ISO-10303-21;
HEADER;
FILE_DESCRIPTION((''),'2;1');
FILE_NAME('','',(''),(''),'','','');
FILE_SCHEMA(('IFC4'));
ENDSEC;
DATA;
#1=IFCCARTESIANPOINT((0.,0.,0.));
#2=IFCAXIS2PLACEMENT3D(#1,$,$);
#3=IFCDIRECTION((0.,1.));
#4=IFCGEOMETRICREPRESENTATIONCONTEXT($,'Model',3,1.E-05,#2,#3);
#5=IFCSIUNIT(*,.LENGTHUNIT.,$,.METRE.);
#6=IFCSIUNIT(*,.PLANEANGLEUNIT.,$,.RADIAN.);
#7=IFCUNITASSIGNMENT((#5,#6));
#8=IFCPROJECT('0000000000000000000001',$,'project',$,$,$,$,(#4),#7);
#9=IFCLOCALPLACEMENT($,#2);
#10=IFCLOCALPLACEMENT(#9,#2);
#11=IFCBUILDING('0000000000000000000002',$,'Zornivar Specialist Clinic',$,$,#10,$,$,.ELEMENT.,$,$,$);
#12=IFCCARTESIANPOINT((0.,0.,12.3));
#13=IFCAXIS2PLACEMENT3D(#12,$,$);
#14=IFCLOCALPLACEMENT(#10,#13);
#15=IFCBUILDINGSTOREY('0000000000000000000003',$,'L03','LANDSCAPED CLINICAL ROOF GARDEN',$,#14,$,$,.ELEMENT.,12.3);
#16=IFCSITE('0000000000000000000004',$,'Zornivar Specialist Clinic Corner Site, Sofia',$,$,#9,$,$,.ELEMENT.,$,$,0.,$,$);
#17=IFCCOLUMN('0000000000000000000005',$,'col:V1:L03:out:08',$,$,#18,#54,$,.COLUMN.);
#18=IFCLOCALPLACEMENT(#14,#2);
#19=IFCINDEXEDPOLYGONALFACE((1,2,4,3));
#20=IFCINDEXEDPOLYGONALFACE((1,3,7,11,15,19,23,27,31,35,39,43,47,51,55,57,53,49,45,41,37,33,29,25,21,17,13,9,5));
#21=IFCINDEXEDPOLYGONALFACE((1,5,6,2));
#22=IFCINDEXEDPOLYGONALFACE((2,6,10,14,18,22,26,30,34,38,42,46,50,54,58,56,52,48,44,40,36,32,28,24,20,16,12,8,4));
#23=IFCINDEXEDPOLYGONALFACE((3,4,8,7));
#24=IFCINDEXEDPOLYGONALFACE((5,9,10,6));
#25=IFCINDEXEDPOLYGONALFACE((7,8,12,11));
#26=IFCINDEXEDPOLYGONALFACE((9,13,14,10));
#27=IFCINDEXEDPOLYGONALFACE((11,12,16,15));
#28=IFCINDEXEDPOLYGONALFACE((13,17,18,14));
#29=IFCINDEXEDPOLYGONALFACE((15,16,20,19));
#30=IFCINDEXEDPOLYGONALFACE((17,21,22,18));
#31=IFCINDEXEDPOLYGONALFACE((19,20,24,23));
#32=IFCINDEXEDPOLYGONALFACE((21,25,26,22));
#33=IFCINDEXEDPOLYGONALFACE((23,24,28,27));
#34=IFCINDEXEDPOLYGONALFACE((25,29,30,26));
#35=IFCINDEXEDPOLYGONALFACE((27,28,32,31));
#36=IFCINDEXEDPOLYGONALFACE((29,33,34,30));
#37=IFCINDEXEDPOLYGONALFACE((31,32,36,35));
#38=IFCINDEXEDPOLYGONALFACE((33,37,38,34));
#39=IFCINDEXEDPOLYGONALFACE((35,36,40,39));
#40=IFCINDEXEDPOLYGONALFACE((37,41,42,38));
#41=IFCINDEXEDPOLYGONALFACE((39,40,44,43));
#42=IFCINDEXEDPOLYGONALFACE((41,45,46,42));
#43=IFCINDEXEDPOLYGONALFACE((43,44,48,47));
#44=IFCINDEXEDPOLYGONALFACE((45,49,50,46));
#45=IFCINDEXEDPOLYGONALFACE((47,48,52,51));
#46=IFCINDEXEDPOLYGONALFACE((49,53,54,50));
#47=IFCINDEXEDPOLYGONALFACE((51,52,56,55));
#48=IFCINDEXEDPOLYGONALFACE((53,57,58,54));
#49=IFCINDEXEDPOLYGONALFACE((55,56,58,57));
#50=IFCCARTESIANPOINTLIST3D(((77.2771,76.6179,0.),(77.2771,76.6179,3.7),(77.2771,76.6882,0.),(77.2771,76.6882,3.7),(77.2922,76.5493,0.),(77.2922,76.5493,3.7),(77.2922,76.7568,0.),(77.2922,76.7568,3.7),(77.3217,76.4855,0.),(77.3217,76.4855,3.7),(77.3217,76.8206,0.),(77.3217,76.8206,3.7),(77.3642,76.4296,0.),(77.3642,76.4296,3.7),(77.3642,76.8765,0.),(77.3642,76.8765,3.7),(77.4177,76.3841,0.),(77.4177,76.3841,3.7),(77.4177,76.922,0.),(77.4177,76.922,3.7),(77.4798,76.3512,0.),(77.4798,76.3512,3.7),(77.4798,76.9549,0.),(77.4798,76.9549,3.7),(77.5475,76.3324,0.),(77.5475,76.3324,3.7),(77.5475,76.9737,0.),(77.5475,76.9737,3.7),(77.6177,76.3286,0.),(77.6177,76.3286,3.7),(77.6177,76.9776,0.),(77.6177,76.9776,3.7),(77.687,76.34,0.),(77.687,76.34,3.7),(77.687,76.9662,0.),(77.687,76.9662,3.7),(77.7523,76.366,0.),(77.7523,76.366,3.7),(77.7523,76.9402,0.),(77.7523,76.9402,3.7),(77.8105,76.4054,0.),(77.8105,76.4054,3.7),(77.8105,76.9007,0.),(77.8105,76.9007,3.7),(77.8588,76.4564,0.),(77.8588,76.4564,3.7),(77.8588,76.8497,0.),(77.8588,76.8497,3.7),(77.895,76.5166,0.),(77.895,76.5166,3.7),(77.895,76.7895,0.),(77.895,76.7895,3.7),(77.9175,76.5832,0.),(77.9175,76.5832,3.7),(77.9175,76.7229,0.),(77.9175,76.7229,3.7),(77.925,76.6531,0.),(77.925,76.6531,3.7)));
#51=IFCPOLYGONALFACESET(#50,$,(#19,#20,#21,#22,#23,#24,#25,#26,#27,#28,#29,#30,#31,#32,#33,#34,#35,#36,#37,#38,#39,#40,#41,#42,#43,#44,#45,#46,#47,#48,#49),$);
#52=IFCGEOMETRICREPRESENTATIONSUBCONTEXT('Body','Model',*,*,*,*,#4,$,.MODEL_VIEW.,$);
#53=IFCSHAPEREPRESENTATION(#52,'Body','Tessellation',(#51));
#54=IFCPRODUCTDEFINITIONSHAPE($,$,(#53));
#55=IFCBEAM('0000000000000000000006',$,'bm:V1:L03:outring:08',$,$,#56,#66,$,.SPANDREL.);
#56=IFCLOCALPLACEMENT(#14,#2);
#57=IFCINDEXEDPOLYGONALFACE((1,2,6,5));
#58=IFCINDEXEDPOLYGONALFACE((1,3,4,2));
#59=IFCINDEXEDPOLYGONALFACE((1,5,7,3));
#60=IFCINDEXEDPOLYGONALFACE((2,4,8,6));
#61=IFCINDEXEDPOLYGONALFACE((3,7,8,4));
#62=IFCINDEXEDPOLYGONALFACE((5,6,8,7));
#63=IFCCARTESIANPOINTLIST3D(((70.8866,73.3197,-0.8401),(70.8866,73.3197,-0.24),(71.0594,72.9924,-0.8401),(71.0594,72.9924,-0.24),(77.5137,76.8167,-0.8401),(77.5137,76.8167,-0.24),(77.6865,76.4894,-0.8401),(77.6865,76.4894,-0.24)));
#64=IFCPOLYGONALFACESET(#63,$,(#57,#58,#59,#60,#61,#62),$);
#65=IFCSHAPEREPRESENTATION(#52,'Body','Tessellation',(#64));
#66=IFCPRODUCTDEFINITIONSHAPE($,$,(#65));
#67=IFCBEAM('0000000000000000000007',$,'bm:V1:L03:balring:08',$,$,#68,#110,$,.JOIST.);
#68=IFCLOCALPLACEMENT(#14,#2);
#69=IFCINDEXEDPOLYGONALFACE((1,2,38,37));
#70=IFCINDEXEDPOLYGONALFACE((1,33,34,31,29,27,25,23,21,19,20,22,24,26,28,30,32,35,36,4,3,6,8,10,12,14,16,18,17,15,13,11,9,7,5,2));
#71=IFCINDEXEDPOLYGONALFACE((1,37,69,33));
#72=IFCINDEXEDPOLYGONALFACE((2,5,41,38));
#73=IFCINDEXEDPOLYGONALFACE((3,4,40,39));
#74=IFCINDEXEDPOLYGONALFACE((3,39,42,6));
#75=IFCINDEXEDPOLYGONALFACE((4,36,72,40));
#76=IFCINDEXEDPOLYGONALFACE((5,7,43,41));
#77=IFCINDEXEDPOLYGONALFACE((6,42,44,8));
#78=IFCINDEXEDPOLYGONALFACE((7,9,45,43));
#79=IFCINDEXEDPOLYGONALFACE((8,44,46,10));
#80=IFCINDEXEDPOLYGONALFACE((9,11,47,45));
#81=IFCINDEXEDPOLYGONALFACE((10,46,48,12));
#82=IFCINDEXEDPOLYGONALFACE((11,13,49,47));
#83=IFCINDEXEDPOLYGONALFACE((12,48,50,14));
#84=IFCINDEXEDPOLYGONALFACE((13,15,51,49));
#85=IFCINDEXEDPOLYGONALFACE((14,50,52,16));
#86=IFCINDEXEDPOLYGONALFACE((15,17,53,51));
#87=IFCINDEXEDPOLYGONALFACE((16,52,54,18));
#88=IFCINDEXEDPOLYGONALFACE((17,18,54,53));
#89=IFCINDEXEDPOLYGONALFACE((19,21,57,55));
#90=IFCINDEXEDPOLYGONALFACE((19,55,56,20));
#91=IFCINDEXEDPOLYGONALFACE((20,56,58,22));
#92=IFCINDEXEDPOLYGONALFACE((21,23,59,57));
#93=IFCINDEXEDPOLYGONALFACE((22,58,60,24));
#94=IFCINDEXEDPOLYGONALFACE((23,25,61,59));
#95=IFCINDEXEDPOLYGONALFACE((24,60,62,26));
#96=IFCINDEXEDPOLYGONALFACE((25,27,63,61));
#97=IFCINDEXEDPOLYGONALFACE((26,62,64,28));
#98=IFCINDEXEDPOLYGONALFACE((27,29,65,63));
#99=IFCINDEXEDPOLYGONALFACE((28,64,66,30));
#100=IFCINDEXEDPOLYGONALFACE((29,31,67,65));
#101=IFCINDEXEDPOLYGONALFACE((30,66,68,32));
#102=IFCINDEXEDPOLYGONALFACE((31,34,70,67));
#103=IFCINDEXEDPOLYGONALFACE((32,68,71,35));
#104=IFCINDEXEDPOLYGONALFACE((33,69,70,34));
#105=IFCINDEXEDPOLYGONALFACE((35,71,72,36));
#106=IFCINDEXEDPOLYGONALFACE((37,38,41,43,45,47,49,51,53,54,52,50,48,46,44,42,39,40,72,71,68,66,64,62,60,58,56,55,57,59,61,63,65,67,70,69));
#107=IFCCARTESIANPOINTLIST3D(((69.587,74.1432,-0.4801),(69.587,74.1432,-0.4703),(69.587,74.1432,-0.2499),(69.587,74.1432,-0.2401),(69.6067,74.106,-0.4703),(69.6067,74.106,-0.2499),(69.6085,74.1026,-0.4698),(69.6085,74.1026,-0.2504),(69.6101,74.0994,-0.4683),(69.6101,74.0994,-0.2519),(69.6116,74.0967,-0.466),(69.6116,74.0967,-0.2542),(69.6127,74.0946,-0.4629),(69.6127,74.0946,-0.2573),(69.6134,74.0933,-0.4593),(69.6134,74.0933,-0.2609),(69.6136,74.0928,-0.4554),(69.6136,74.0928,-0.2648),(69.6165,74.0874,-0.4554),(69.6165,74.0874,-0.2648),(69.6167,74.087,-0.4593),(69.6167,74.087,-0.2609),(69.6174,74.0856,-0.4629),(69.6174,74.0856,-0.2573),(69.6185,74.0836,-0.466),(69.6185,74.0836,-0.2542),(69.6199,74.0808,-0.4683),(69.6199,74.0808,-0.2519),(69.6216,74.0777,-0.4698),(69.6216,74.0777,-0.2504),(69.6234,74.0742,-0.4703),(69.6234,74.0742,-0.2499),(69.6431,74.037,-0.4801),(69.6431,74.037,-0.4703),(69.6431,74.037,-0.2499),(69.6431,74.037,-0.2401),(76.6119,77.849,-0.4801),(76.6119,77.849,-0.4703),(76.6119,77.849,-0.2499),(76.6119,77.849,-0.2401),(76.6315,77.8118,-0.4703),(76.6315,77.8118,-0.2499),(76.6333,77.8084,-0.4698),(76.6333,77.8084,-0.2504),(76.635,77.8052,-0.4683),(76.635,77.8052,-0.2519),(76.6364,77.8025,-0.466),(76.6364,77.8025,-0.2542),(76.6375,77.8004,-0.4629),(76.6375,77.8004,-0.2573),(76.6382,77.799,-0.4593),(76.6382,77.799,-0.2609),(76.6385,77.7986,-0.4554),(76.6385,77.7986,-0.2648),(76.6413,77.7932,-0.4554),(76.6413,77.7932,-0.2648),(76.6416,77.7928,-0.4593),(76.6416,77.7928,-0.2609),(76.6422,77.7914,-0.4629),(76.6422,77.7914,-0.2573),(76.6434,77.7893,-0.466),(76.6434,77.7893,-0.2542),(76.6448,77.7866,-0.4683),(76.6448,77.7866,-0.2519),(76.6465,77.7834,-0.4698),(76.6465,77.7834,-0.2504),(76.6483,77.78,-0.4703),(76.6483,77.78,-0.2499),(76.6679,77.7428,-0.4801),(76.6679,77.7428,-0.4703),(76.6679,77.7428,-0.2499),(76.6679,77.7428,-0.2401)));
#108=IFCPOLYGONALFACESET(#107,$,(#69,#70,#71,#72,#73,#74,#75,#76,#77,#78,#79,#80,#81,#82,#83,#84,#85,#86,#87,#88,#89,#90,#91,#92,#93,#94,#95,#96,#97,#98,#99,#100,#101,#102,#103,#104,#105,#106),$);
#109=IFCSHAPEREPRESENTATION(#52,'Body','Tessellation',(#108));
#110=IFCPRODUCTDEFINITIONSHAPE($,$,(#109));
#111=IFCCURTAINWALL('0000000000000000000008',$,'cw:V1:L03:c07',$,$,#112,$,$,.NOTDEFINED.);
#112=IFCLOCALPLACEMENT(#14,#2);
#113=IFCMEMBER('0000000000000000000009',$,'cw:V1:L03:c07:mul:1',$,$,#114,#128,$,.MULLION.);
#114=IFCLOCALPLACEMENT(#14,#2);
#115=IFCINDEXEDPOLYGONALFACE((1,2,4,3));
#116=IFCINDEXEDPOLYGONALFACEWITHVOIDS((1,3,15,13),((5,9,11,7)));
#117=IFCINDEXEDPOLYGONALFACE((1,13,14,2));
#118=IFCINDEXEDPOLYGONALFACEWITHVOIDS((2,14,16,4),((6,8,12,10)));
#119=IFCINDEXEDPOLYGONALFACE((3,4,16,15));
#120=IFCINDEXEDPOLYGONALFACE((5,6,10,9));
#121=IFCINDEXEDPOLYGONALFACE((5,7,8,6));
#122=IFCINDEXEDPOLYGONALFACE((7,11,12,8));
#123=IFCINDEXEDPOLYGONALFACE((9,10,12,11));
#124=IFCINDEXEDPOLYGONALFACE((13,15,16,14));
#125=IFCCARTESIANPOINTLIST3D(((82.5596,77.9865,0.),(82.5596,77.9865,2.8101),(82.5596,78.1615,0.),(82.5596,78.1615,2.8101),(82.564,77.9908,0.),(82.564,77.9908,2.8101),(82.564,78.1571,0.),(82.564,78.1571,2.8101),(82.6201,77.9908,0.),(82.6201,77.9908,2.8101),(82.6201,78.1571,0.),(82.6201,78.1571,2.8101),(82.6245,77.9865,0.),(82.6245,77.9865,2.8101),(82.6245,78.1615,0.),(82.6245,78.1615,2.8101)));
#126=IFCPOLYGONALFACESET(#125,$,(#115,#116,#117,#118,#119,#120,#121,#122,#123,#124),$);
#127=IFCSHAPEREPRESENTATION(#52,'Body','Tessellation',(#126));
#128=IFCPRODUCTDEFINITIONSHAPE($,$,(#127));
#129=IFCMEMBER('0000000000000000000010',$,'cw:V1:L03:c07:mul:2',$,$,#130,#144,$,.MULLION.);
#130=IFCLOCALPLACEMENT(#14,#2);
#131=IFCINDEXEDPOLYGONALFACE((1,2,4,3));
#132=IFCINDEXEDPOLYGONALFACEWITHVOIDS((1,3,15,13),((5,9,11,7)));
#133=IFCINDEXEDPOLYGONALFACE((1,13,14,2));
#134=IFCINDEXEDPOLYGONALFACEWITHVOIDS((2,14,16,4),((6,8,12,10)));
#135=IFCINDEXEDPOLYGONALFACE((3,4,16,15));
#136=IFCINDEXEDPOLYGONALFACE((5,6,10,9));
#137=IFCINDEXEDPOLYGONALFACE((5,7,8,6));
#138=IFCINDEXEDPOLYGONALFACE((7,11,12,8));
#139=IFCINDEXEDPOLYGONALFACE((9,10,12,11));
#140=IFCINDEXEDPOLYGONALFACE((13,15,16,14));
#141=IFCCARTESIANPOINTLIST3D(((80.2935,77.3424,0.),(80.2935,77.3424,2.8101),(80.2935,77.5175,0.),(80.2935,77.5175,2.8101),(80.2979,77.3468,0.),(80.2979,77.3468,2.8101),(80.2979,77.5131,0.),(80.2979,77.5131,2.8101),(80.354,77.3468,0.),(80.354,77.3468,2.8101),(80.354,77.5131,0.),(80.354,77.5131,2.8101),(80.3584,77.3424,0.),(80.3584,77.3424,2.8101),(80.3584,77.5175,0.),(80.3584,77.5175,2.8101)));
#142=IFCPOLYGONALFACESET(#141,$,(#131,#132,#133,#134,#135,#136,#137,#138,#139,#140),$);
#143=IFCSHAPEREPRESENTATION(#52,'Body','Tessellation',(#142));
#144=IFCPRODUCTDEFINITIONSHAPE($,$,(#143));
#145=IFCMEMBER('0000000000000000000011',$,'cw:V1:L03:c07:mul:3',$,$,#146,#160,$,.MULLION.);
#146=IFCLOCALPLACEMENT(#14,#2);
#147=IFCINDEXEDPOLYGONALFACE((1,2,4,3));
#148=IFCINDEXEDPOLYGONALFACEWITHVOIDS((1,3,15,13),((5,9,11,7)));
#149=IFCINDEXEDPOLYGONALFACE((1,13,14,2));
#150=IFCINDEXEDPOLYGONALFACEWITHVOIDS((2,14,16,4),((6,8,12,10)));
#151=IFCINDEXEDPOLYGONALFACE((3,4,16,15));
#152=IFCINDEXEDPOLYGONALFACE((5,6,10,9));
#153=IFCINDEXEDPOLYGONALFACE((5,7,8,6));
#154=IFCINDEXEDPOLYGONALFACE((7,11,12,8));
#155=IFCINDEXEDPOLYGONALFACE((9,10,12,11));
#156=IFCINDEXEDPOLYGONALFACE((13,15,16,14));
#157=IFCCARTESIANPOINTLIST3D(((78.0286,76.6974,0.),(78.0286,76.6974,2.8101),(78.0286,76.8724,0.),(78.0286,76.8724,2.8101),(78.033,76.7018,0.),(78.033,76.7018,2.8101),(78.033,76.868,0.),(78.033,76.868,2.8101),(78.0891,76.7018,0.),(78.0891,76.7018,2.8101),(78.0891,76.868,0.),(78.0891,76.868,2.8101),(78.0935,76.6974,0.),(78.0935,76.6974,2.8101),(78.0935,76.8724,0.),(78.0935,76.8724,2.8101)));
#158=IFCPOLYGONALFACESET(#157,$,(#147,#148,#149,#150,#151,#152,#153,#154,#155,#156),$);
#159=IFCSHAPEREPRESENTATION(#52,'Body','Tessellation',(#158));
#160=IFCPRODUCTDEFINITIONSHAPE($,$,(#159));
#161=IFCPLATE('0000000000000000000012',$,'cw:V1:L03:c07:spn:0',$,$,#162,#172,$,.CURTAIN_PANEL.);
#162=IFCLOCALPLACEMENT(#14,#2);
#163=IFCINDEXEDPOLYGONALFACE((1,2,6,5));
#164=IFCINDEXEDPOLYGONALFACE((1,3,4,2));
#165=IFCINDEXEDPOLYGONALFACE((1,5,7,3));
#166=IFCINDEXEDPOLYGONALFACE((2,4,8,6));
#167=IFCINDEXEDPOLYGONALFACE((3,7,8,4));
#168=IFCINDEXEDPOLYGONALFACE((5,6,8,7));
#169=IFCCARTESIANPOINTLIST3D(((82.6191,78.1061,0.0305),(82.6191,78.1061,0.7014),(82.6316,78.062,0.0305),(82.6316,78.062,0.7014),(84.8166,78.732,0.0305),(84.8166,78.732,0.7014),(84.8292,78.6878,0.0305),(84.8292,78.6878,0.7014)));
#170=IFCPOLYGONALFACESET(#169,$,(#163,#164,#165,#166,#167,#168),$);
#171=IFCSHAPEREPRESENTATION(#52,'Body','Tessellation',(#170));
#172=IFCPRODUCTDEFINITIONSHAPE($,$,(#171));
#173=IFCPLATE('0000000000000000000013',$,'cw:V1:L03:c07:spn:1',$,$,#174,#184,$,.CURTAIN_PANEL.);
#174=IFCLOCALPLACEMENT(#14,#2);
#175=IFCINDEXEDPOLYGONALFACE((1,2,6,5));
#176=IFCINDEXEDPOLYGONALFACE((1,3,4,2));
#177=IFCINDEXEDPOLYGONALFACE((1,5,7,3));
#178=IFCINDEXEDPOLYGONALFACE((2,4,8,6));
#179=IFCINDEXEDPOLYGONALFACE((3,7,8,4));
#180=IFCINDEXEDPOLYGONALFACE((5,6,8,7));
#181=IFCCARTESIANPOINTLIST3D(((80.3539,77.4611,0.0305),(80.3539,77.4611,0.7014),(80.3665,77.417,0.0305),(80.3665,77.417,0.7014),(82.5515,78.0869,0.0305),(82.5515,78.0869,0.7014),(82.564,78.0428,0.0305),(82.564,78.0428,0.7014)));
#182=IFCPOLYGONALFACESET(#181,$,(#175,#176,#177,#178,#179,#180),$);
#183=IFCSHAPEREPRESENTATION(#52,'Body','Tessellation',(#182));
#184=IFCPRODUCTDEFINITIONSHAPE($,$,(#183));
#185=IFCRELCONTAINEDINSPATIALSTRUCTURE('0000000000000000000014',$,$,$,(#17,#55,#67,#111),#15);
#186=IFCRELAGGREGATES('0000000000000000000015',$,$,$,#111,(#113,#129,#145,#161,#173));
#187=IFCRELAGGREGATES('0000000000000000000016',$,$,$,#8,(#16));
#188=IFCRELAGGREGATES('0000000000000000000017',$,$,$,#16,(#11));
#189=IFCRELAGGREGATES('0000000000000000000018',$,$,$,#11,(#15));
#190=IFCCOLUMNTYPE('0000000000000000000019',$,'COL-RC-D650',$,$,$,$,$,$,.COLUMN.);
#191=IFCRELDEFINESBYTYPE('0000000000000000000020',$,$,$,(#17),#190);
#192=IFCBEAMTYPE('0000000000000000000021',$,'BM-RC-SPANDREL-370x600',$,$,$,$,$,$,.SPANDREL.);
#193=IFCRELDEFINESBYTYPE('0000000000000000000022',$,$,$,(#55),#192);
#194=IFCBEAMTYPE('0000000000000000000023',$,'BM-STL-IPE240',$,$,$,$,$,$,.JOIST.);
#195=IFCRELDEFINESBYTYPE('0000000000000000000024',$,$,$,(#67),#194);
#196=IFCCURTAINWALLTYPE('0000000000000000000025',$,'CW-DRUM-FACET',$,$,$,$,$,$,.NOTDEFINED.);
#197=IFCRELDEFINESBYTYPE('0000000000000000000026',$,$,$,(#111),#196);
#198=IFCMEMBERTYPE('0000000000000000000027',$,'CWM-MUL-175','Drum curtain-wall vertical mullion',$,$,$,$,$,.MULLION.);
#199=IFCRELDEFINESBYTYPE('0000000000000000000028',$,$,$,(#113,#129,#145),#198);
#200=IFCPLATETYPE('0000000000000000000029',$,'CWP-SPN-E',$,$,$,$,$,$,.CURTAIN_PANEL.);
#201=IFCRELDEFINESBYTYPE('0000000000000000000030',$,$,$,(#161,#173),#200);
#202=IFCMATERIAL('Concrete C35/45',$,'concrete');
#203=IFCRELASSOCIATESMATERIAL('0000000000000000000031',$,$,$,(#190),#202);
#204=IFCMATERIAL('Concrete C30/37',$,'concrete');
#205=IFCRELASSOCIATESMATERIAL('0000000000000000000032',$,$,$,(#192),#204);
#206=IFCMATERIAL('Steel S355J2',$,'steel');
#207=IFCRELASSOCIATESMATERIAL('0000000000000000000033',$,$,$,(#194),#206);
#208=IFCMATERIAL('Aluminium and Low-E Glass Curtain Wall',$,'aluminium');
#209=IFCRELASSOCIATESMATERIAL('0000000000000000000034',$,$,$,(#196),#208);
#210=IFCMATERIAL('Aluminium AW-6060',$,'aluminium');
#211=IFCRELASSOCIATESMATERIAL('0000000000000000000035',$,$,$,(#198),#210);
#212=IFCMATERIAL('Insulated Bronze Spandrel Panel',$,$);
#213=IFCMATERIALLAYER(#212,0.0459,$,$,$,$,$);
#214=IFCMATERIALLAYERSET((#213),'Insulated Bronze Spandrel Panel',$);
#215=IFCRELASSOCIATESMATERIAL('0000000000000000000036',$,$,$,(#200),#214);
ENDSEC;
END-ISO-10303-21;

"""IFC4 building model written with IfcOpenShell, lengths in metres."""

from ifc_helpers import new_model, si_unit, direction, frame, origin, origin_2d, place, context, subcontext, project, spatial, rectangle, hollow_rectangle, circle, i_section, extrude, material, layer, layer_set, material_profile, profile_set, type_object, element, aggregate, save


model = new_model("IFC4")

# Units and contexts
model_context = context("Model", 3, precision=1e-05, world=origin(), true_north=direction((0.0, 1.0)))
body_context = subcontext(model_context, "Body", "Model", "MODEL_VIEW")
ifc_project = project(units=[si_unit("LENGTHUNIT", "METRE"), si_unit("PLANEANGLEUNIT", "RADIAN")], contexts=[model_context])

# Site, building, storey
site_placement = place(None, origin())
site = spatial("IfcSite", under=ifc_project, at=site_placement, Name="Zornivar Specialist Clinic Corner Site, Sofia", CompositionType="ELEMENT", RefElevation=0.0)
building_placement = place(site_placement, origin())
building = spatial("IfcBuilding", under=site, at=building_placement, Name="Zornivar Specialist Clinic", CompositionType="ELEMENT")
storey_placement = place(building_placement, frame((0.0, 0.0, 12.3)))
storey = spatial("IfcBuildingStorey", under=building, at=storey_placement, Name="L03", Description="LANDSCAPED CLINICAL ROOF GARDEN", CompositionType="ELEMENT", Elevation=12.3)

# Column
ifc_material_1 = material(Name="Concrete C35/45", Category="concrete")
ifc_material_profile_1 = material_profile(ifc_material_1, circle(Radius=0.325, at=origin_2d()), Name="RC D650")
ifc_profile_set_1 = profile_set([ifc_material_profile_1], Name="Concrete C35/45")
column_type = type_object("IfcColumnType", Name="COL-RC-D650", PredefinedType="COLUMN", material=ifc_profile_set_1)
column_placement = place(storey_placement, frame((77.6001, 76.6531, 0.0), z_axis=(0.0, 0.0, 1.0), x_axis=(1.0, 0.0, 0.0)))
element("IfcColumn", 1, at=column_placement, inside=storey, type_object=column_type, Name="col:V1:L03:out:08", PredefinedType="COLUMN", context=body_context, shape_type="SweptSolid", body=[
    extrude(circle(Radius=0.325, at=origin_2d()), origin(), (0.0, 0.0, 1.0), 3.7),
])

# Beams
ifc_material_2 = material(Name="Concrete C30/37", Category="concrete")
ifc_material_profile_2 = material_profile(ifc_material_2, rectangle(XDim=0.3701, YDim=0.6001, at=origin_2d()), Name="RC 370x600")
ifc_profile_set_2 = profile_set([ifc_material_profile_2], Name="Concrete C30/37")
beam_type_1 = type_object("IfcBeamType", Name="BM-RC-SPANDREL-370x600", PredefinedType="SPANDREL", material=ifc_profile_set_2)
beam_1_placement = place(storey_placement, frame((77.6001, 76.6531, -0.54), z_axis=(-0.884419, -0.466694, 0.0), x_axis=(0.466694, -0.884419, 0.0)))
element("IfcBeam", 2, at=beam_1_placement, inside=storey, type_object=beam_type_1, Name="bm:V1:L03:outring:08", PredefinedType="SPANDREL", context=body_context, shape_type="SweptSolid", body=[
    extrude(rectangle(XDim=0.3701, YDim=0.6001, at=origin_2d()), origin(), (0.0, 0.0, 1.0), 7.4932),
])
ifc_material_3 = material(Name="Steel S355J2", Category="steel")
ifc_material_profile_3 = material_profile(ifc_material_3, i_section(OverallWidth=0.1201, OverallDepth=0.24, WebThickness=0.0061, FlangeThickness=0.0098, FilletRadius=0.0149, at=origin_2d()), Name="IPE 240")
ifc_profile_set_3 = profile_set([ifc_material_profile_3], Name="Steel S355J2")
beam_type_2 = type_object("IfcBeamType", Name="BM-STL-IPE240", PredefinedType="JOIST", material=ifc_profile_set_3)
beam_2_placement = place(storey_placement, frame((76.6399, 77.7959, -0.3601), z_axis=(-0.884477, -0.466584, 0.0), x_axis=(0.466584, -0.884477, 0.0)))
element("IfcBeam", 3, at=beam_2_placement, inside=storey, type_object=beam_type_2, Name="bm:V1:L03:balring:08", PredefinedType="JOIST", context=body_context, shape_type="SweptSolid", body=[
    extrude(i_section(OverallWidth=0.1201, OverallDepth=0.24, WebThickness=0.0061, FlangeThickness=0.0098, FilletRadius=0.0149, at=origin_2d()), origin(), (0.0, 0.0, 1.0), 7.9424),
])

# Curtain wall, members, plates
ifc_material_4 = material(Name="Aluminium and Low-E Glass Curtain Wall", Category="aluminium")
curtain_wall_type = type_object("IfcCurtainWallType", Name="CW-DRUM-FACET", PredefinedType="NOTDEFINED", material=ifc_material_4)
curtain_wall_placement = place(storey_placement, origin())
curtain_wall = element("IfcCurtainWall", 4, at=curtain_wall_placement, inside=storey, type_object=curtain_wall_type, Name="cw:V1:L03:c07", PredefinedType="NOTDEFINED")
ifc_material_5 = material(Name="Aluminium AW-6060", Category="aluminium")
ifc_material_profile_4 = material_profile(ifc_material_5, hollow_rectangle(XDim=0.0649, YDim=0.175, WallThickness=0.0044, at=origin_2d()), Name="ALU 65x175x4.5")
ifc_profile_set_4 = profile_set([ifc_material_profile_4], Name="Aluminium AW-6060")
member_type = type_object("IfcMemberType", Name="CWM-MUL-175", Description="Drum curtain-wall vertical mullion", PredefinedType="MULLION", material=ifc_profile_set_4)
member_1_placement = place(storey_placement, frame((82.592, 78.074, 0.0), z_axis=(0.0, 0.0, 1.0), x_axis=(1.0, 0.0, 0.0)))
member_1 = element("IfcMember", 5, at=member_1_placement, type_object=member_type, Name="cw:V1:L03:c07:mul:1", PredefinedType="MULLION", context=body_context, shape_type="SweptSolid", body=[
    extrude(hollow_rectangle(XDim=0.0649, YDim=0.175, WallThickness=0.0044, at=origin_2d()), origin(), (0.0, 0.0, 1.0), 2.8101),
])
member_2_placement = place(storey_placement, frame((80.3259, 77.4299, 0.0), z_axis=(0.0, 0.0, 1.0), x_axis=(1.0, 0.0, 0.0)))
member_2 = element("IfcMember", 6, at=member_2_placement, type_object=member_type, Name="cw:V1:L03:c07:mul:2", PredefinedType="MULLION", context=body_context, shape_type="SweptSolid", body=[
    extrude(hollow_rectangle(XDim=0.0649, YDim=0.175, WallThickness=0.0044, at=origin_2d()), origin(), (0.0, 0.0, 1.0), 2.8101),
])
member_3_placement = place(storey_placement, frame((78.061, 76.7849, 0.0), z_axis=(0.0, 0.0, 1.0), x_axis=(1.0, 0.0, 0.0)))
member_3 = element("IfcMember", 7, at=member_3_placement, type_object=member_type, Name="cw:V1:L03:c07:mul:3", PredefinedType="MULLION", context=body_context, shape_type="SweptSolid", body=[
    extrude(hollow_rectangle(XDim=0.0649, YDim=0.175, WallThickness=0.0044, at=origin_2d()), origin(), (0.0, 0.0, 1.0), 2.8101),
])
ifc_material_6 = material(Name="Insulated Bronze Spandrel Panel")
ifc_layer_1 = layer(ifc_material_6, 0.0459)
ifc_layer_set_1 = layer_set([ifc_layer_1], Name="Insulated Bronze Spandrel Panel")
plate_type_1 = type_object("IfcPlateType", Name="CWP-SPN-E", PredefinedType="CURTAIN_PANEL", material=ifc_layer_set_1)
plate_1_placement = place(storey_placement, frame((83.7241, 78.397, 0.0305), z_axis=(0.0, 0.0, 1.0), x_axis=(-0.961761, -0.273889, 0.0)))
plate_1 = element("IfcPlate", 8, at=plate_1_placement, type_object=plate_type_1, Name="cw:V1:L03:c07:spn:0", PredefinedType="CURTAIN_PANEL", context=body_context, shape_type="SweptSolid", body=[
    extrude(rectangle(XDim=2.2849, YDim=0.0459, at=origin_2d()), origin(), (0.0, 0.0, 1.0), 0.6709),
])
plate_2_placement = place(storey_placement, frame((81.459, 77.752, 0.0305), z_axis=(0.0, 0.0, 1.0), x_axis=(-0.961761, -0.273889, 0.0)))
plate_2 = element("IfcPlate", 9, at=plate_2_placement, type_object=plate_type_1, Name="cw:V1:L03:c07:spn:1", PredefinedType="CURTAIN_PANEL", context=body_context, shape_type="SweptSolid", body=[
    extrude(rectangle(XDim=2.2849, YDim=0.0459, at=origin_2d()), origin(), (0.0, 0.0, 1.0), 0.6709),
])
aggregate(curtain_wall, [member_1, member_2, member_3, plate_1, plate_2])

save(model, "model.ifc")
